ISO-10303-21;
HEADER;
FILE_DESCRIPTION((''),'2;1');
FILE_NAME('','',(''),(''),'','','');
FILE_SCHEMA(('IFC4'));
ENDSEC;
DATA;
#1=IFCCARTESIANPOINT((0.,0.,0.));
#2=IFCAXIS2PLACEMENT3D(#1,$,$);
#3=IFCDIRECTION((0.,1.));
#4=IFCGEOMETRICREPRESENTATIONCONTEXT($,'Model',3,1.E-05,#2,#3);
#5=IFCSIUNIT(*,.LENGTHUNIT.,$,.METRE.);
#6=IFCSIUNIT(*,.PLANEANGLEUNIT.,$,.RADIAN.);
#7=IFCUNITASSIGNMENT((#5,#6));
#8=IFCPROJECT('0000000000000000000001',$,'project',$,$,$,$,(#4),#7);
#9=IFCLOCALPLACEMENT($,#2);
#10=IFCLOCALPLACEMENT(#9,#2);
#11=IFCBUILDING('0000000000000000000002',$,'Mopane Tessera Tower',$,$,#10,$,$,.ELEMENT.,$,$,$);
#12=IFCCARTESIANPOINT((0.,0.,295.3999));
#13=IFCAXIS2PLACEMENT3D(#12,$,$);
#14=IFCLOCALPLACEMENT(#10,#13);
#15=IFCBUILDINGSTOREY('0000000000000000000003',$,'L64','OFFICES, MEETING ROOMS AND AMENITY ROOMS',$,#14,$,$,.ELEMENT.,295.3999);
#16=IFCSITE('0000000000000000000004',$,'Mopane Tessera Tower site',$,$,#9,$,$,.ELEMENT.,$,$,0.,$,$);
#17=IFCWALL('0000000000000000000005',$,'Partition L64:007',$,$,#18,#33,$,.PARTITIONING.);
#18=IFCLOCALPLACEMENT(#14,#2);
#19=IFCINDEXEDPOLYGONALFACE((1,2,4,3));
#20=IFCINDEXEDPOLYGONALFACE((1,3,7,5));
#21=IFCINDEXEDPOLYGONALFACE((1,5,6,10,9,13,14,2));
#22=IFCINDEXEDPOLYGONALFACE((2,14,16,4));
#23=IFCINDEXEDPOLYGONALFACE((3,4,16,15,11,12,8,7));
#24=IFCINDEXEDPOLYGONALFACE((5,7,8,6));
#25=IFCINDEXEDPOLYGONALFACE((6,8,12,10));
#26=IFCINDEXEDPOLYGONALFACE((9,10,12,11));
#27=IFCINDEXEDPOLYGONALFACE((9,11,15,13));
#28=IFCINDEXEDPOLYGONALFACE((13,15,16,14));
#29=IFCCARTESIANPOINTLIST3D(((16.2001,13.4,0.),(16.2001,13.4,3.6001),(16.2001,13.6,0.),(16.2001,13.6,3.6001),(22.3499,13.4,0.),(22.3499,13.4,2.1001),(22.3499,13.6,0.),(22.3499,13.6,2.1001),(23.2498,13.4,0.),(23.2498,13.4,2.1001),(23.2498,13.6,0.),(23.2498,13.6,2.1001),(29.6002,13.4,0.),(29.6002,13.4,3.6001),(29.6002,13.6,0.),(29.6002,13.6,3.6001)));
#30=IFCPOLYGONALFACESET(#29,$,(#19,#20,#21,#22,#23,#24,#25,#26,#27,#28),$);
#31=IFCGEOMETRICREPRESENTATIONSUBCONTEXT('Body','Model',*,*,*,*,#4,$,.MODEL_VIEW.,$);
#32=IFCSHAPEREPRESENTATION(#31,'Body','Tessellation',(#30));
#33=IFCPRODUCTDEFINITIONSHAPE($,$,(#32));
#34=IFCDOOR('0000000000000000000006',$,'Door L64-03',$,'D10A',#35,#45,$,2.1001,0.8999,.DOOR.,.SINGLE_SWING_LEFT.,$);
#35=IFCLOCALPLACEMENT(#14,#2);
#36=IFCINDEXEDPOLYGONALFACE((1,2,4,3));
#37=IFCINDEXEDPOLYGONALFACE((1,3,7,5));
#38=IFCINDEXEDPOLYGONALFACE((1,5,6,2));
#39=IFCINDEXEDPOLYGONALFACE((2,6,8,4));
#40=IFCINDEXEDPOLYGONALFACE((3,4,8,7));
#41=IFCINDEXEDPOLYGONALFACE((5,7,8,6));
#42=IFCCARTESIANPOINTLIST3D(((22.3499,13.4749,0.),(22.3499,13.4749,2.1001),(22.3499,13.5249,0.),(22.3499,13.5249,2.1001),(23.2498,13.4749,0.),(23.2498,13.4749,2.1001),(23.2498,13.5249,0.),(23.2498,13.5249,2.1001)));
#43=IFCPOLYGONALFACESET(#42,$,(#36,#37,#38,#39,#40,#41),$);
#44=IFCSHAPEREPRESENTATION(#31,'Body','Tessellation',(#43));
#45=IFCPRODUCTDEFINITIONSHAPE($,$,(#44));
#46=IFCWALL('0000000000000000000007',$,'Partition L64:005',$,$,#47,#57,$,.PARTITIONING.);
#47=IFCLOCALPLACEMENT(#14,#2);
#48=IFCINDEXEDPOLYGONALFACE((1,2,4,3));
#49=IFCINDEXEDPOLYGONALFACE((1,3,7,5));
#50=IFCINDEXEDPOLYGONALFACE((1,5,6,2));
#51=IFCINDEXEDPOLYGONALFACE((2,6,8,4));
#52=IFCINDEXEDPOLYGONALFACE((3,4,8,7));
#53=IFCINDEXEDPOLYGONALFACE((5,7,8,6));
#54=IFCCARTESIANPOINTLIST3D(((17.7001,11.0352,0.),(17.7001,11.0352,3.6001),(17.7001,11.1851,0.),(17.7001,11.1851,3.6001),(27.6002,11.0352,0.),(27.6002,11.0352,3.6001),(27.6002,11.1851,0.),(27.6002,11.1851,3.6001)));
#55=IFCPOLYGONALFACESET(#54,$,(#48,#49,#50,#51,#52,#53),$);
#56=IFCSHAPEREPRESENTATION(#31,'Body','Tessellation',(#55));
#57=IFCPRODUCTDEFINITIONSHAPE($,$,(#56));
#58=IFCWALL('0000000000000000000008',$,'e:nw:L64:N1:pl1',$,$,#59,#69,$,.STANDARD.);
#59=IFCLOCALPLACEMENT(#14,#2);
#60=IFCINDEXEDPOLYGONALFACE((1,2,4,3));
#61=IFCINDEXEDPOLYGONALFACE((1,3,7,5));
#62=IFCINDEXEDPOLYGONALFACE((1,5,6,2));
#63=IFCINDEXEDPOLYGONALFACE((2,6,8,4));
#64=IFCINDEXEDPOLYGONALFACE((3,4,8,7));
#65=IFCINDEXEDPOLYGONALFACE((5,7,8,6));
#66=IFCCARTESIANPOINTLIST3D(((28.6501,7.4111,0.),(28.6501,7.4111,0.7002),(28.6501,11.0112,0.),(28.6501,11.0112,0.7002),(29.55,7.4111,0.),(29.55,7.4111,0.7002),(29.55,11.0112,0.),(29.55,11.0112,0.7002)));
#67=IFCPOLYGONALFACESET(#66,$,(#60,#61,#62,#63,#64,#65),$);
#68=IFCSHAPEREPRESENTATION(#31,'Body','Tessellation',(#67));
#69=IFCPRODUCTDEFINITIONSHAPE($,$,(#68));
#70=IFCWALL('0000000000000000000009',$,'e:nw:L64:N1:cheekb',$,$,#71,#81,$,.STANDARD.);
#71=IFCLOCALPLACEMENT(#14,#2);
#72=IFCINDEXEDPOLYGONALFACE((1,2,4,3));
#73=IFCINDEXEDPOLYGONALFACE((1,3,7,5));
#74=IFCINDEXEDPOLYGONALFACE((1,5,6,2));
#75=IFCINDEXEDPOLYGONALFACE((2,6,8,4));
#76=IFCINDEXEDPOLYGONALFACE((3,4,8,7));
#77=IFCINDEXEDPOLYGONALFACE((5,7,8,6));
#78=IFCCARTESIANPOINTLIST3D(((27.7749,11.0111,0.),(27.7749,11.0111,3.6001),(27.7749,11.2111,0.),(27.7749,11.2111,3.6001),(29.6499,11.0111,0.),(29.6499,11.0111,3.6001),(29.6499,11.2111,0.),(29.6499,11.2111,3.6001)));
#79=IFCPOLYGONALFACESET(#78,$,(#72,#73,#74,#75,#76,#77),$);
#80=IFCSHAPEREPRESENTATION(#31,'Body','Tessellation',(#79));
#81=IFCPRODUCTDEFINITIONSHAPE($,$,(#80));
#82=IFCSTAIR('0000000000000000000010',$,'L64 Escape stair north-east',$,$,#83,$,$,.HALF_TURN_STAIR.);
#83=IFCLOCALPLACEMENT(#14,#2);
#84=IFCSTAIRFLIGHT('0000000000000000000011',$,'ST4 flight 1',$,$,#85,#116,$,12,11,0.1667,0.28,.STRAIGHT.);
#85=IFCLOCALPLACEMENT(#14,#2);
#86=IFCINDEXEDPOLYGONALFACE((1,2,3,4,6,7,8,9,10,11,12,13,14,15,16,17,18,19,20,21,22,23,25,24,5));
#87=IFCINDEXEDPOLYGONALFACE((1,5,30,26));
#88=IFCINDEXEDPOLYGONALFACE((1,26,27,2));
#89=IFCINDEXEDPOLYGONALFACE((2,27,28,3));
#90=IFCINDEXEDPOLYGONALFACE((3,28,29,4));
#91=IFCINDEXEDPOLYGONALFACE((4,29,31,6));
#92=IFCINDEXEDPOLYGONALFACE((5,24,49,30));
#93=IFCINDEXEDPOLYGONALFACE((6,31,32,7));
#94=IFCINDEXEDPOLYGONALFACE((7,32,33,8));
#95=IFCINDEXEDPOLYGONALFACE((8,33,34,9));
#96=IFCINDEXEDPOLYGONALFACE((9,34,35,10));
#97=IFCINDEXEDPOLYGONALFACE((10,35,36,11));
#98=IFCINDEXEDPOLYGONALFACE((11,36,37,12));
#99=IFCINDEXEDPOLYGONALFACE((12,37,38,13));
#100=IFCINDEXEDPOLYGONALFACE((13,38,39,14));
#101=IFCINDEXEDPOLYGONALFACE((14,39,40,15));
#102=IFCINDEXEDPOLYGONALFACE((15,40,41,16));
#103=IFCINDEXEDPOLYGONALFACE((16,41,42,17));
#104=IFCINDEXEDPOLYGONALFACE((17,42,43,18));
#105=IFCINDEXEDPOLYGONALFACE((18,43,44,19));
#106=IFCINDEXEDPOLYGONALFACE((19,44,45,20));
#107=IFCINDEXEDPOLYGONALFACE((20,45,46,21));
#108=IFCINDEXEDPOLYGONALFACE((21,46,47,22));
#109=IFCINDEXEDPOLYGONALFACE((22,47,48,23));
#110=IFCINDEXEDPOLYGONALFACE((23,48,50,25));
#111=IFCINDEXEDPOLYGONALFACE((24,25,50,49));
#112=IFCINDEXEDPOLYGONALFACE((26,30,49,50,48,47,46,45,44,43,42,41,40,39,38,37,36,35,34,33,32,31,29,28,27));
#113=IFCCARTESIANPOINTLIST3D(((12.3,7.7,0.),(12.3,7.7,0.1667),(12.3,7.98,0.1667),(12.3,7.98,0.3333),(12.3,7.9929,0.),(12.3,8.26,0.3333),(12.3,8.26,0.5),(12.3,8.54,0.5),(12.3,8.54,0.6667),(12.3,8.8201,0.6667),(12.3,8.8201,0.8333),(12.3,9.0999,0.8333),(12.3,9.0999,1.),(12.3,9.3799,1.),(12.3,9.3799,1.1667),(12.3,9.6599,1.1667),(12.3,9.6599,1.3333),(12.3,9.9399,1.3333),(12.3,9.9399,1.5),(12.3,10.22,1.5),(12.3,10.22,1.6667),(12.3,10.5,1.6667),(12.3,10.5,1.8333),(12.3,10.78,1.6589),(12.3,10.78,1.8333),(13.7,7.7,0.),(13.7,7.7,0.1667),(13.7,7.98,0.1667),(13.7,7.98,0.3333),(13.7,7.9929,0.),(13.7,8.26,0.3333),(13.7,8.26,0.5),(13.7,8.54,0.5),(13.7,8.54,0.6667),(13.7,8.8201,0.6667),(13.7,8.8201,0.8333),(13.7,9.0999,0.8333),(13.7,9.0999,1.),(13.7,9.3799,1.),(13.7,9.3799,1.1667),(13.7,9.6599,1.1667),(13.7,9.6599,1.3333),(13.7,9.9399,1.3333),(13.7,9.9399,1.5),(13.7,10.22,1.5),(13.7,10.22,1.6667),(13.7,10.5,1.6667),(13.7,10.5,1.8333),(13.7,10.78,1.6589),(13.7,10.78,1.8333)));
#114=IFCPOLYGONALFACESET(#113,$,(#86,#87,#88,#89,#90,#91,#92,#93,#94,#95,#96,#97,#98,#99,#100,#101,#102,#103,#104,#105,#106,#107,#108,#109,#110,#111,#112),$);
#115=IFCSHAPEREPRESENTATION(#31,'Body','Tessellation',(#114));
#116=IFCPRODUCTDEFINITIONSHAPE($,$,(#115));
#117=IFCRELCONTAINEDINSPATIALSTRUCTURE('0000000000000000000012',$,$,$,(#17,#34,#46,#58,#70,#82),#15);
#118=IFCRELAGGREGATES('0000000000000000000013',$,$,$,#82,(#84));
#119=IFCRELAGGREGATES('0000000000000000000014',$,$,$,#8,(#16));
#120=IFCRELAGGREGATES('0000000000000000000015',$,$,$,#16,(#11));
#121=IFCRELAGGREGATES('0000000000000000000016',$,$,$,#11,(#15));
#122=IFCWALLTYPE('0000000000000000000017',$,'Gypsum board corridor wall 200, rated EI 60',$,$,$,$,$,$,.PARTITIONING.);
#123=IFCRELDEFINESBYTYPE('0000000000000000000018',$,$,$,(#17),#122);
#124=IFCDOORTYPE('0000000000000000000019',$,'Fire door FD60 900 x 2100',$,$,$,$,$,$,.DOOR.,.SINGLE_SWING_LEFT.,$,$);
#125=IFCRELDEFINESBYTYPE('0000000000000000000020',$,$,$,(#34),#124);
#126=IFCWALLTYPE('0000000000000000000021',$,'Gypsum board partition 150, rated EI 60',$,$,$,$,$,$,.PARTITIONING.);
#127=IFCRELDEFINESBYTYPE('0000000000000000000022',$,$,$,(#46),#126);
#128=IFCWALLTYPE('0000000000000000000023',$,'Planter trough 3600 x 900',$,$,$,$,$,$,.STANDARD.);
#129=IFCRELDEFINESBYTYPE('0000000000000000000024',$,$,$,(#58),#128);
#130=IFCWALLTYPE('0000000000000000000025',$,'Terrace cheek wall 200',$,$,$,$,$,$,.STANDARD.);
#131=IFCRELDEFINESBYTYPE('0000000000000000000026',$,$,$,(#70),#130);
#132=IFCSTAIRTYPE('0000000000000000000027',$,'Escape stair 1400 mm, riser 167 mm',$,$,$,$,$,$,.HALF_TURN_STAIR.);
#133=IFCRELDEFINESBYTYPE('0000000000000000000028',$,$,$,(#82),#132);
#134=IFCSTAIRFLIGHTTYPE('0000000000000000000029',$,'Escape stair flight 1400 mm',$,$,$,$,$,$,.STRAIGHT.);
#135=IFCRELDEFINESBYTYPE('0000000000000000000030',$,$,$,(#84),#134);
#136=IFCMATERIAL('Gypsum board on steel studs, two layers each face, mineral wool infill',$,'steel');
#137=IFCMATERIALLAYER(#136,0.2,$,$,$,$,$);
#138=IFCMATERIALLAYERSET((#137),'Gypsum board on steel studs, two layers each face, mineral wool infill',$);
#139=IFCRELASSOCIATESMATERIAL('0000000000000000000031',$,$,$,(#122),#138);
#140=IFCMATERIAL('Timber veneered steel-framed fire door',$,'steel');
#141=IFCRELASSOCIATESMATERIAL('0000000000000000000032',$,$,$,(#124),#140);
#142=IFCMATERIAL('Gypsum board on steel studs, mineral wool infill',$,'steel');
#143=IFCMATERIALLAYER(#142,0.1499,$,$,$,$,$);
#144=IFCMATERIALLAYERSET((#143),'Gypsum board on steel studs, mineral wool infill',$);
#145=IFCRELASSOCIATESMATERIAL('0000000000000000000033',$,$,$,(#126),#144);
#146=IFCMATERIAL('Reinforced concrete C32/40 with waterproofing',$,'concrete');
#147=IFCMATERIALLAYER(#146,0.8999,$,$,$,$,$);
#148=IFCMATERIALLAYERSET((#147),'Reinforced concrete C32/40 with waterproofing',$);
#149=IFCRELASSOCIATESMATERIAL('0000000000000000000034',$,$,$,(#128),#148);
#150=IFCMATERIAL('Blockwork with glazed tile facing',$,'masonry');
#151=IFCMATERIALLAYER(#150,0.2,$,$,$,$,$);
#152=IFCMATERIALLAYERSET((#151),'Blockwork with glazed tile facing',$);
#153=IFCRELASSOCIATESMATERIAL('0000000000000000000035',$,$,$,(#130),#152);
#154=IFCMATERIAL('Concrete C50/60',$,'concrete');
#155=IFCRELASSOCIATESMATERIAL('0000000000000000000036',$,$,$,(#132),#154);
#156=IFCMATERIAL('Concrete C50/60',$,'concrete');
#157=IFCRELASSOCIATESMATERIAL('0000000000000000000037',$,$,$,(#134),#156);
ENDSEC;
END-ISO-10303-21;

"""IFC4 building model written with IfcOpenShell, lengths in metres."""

from ifc_helpers import new_model, si_unit, direction, frame, frame_2d, origin, place, context, subcontext, project, spatial, polyline, rectangle, outline, extrude, material, layer, layer_set, type_object, element, fill, aggregate, save


model = new_model("IFC4")

# Units and contexts
model_context = context("Model", 3, precision=1e-05, world=origin(), true_north=direction((0.0, 1.0)))
body_context = subcontext(model_context, "Body", "Model", "MODEL_VIEW")
ifc_project = project(units=[si_unit("LENGTHUNIT", "METRE"), si_unit("PLANEANGLEUNIT", "RADIAN")], contexts=[model_context])

# Site, building, storey
site_placement = place(None, origin())
site = spatial("IfcSite", under=ifc_project, at=site_placement, Name="Mopane Tessera Tower site", CompositionType="ELEMENT", RefElevation=0.0)
building_placement = place(site_placement, origin())
building = spatial("IfcBuilding", under=site, at=building_placement, Name="Mopane Tessera Tower", CompositionType="ELEMENT")
storey_placement = place(building_placement, frame((0.0, 0.0, 295.3999)))
storey = spatial("IfcBuildingStorey", under=building, at=storey_placement, Name="L64", Description="OFFICES, MEETING ROOMS AND AMENITY ROOMS", CompositionType="ELEMENT", Elevation=295.3999)

# Wall, opening, door
ifc_material_1 = material(Name="Gypsum board on steel studs, two layers each face, mineral wool infill", Category="steel")
ifc_layer_1 = layer(ifc_material_1, 0.2)
ifc_layer_set_1 = layer_set([ifc_layer_1], Name="Gypsum board on steel studs, two layers each face, mineral wool infill")
wall_type_1 = type_object("IfcWallType", Name="Gypsum board corridor wall 200, rated EI 60", PredefinedType="PARTITIONING", material=ifc_layer_set_1)
wall_1_placement = place(storey_placement, frame((16.2, 13.5, 0.0), z_axis=(0.0, 0.0, 1.0), x_axis=(1.0, 0.0, 0.0)))
wall_1 = element("IfcWall", 1, at=wall_1_placement, inside=storey, type_object=wall_type_1, Name="Partition L64:007", PredefinedType="PARTITIONING", context=body_context, shape_type="SweptSolid", body=[
    extrude(rectangle(XDim=13.4001, YDim=0.2, at=frame_2d((6.7002, 0.0))), origin(), (0.0, 0.0, 1.0), 3.6001),
])
opening_placement = place(wall_1_placement, frame((6.1499, 0.0, 0.0)))
opening = element("IfcOpeningElement", 2, at=opening_placement, cuts=wall_1, PredefinedType="OPENING", context=body_context, shape_type="SweptSolid", body=[
    extrude(rectangle(XDim=0.8999, YDim=2.1001, at=frame_2d((0.45, 1.05))), frame((0.0, 0.1121, 0.0), z_axis=(0.0, -1.0, 0.0), x_axis=(1.0, 0.0, 0.0)), (0.0, 0.0, 1.0), 0.2239),
])
ifc_material_2 = material(Name="Timber veneered steel-framed fire door", Category="steel")
door_type = type_object("IfcDoorType", Name="Fire door FD60 900 x 2100", OperationType="SINGLE_SWING_LEFT", PredefinedType="DOOR", material=ifc_material_2)
door_placement = place(opening_placement, origin())
door = element("IfcDoor", 3, at=door_placement, inside=storey, type_object=door_type, Name="Door L64-03", ObjectType="D10A", OperationType="SINGLE_SWING_LEFT", OverallHeight=2.1001, OverallWidth=0.8999, PredefinedType="DOOR", context=body_context, shape_type="SweptSolid", body=[
    extrude(rectangle(XDim=0.8999, YDim=2.1001, at=frame_2d((0.45, 1.05))), frame((0.0, 0.0249, 0.0), z_axis=(0.0, -1.0, 0.0), x_axis=(1.0, 0.0, 0.0)), (0.0, 0.0, 1.0), 0.05),
])
fill(opening, door)

# Walls
ifc_material_3 = material(Name="Gypsum board on steel studs, mineral wool infill", Category="steel")
ifc_layer_2 = layer(ifc_material_3, 0.1499)
ifc_layer_set_2 = layer_set([ifc_layer_2], Name="Gypsum board on steel studs, mineral wool infill")
wall_type_2 = type_object("IfcWallType", Name="Gypsum board partition 150, rated EI 60", PredefinedType="PARTITIONING", material=ifc_layer_set_2)
wall_2_placement = place(storey_placement, frame((17.7, 11.1101, 0.0), z_axis=(0.0, 0.0, 1.0), x_axis=(1.0, 0.0, 0.0)))
element("IfcWall", 4, at=wall_2_placement, inside=storey, type_object=wall_type_2, Name="Partition L64:005", PredefinedType="PARTITIONING", context=body_context, shape_type="SweptSolid", body=[
    extrude(rectangle(XDim=9.9001, YDim=0.1499, at=frame_2d((4.9502, 0.0))), origin(), (0.0, 0.0, 1.0), 3.6001),
])
ifc_material_4 = material(Name="Reinforced concrete C32/40 with waterproofing", Category="concrete")
ifc_layer_3 = layer(ifc_material_4, 0.8999)
ifc_layer_set_3 = layer_set([ifc_layer_3], Name="Reinforced concrete C32/40 with waterproofing")
wall_type_3 = type_object("IfcWallType", Name="Planter trough 3600 x 900", PredefinedType="STANDARD", material=ifc_layer_set_3)
wall_3_placement = place(storey_placement, frame((29.1001, 7.4111, 0.0), z_axis=(0.0, 0.0, 1.0), x_axis=(0.0, 1.0, 0.0)))
element("IfcWall", 5, at=wall_3_placement, inside=storey, type_object=wall_type_3, Name="e:nw:L64:N1:pl1", PredefinedType="STANDARD", context=body_context, shape_type="SweptSolid", body=[
    extrude(rectangle(XDim=3.6001, YDim=0.8999, at=frame_2d((1.8, 0.0))), origin(), (0.0, 0.0, 1.0), 0.7002),
])
ifc_material_5 = material(Name="Blockwork with glazed tile facing", Category="masonry")
ifc_layer_4 = layer(ifc_material_5, 0.2)
ifc_layer_set_4 = layer_set([ifc_layer_4], Name="Blockwork with glazed tile facing")
wall_type_4 = type_object("IfcWallType", Name="Terrace cheek wall 200", PredefinedType="STANDARD", material=ifc_layer_set_4)
wall_4_placement = place(storey_placement, frame((29.6499, 11.1111, 0.0), z_axis=(0.0, 0.0, 1.0), x_axis=(-1.0, 0.0, 0.0)))
element("IfcWall", 6, at=wall_4_placement, inside=storey, type_object=wall_type_4, Name="e:nw:L64:N1:cheekb", PredefinedType="STANDARD", context=body_context, shape_type="SweptSolid", body=[
    extrude(rectangle(XDim=1.875, YDim=0.2, at=frame_2d((0.9375, 0.0))), origin(), (0.0, 0.0, 1.0), 3.6001),
])

# Stair, stair flight
ifc_material_6 = material(Name="Concrete C50/60", Category="concrete")
stair_type = type_object("IfcStairType", Name="Escape stair 1400 mm, riser 167 mm", PredefinedType="HALF_TURN_STAIR", material=ifc_material_6)
stair_placement = place(storey_placement, origin())
stair = element("IfcStair", 7, at=stair_placement, inside=storey, type_object=stair_type, Name="L64 Escape stair north-east", PredefinedType="HALF_TURN_STAIR")
ifc_material_7 = material(Name="Concrete C50/60", Category="concrete")
stair_flight_type = type_object("IfcStairFlightType", Name="Escape stair flight 1400 mm", PredefinedType="STRAIGHT", material=ifc_material_7)
stair_flight_placement = place(storey_placement, frame((13.0, 7.7, 0.0), z_axis=(0.0, 0.0, 1.0), x_axis=(0.0, 1.0, 0.0)))
stair_flight = element("IfcStairFlight", 8, at=stair_flight_placement, type_object=stair_flight_type, Name="ST4 flight 1", NumberOfRisers=12, NumberOfTreads=11, PredefinedType="STRAIGHT", RiserHeight=0.1667, TreadLength=0.28, context=body_context, shape_type="SweptSolid", body=[
    extrude(outline(polyline([(0.0, 0.0), (0.0, 0.1667), (0.28, 0.1667), (0.28, 0.3333), (0.5601, 0.3333), (0.5601, 0.5), (0.8401, 0.5), (0.8401, 0.6667), (1.1201, 0.6667), (1.1201, 0.8333), (1.3999, 0.8333), (1.3999, 1.0), (1.6799, 1.0), (1.6799, 1.1667), (1.96, 1.1667), (1.96, 1.3333), (2.24, 1.3333), (2.24, 1.5), (2.52, 1.5), (2.52, 1.6667), (2.8, 1.6667), (2.8, 1.8333), (3.0801, 1.8333), (3.0801, 2.0), (3.0801, 1.6589), (0.293, 0.0), (0.0, 0.0)])), frame((0.0, 0.7, 0.0), z_axis=(0.0, -1.0, 0.0), x_axis=(1.0, 0.0, 0.0)), (0.0, 0.0, 1.0), 1.3999),
])
aggregate(stair, [stair_flight])

save(model, "model.ifc")
